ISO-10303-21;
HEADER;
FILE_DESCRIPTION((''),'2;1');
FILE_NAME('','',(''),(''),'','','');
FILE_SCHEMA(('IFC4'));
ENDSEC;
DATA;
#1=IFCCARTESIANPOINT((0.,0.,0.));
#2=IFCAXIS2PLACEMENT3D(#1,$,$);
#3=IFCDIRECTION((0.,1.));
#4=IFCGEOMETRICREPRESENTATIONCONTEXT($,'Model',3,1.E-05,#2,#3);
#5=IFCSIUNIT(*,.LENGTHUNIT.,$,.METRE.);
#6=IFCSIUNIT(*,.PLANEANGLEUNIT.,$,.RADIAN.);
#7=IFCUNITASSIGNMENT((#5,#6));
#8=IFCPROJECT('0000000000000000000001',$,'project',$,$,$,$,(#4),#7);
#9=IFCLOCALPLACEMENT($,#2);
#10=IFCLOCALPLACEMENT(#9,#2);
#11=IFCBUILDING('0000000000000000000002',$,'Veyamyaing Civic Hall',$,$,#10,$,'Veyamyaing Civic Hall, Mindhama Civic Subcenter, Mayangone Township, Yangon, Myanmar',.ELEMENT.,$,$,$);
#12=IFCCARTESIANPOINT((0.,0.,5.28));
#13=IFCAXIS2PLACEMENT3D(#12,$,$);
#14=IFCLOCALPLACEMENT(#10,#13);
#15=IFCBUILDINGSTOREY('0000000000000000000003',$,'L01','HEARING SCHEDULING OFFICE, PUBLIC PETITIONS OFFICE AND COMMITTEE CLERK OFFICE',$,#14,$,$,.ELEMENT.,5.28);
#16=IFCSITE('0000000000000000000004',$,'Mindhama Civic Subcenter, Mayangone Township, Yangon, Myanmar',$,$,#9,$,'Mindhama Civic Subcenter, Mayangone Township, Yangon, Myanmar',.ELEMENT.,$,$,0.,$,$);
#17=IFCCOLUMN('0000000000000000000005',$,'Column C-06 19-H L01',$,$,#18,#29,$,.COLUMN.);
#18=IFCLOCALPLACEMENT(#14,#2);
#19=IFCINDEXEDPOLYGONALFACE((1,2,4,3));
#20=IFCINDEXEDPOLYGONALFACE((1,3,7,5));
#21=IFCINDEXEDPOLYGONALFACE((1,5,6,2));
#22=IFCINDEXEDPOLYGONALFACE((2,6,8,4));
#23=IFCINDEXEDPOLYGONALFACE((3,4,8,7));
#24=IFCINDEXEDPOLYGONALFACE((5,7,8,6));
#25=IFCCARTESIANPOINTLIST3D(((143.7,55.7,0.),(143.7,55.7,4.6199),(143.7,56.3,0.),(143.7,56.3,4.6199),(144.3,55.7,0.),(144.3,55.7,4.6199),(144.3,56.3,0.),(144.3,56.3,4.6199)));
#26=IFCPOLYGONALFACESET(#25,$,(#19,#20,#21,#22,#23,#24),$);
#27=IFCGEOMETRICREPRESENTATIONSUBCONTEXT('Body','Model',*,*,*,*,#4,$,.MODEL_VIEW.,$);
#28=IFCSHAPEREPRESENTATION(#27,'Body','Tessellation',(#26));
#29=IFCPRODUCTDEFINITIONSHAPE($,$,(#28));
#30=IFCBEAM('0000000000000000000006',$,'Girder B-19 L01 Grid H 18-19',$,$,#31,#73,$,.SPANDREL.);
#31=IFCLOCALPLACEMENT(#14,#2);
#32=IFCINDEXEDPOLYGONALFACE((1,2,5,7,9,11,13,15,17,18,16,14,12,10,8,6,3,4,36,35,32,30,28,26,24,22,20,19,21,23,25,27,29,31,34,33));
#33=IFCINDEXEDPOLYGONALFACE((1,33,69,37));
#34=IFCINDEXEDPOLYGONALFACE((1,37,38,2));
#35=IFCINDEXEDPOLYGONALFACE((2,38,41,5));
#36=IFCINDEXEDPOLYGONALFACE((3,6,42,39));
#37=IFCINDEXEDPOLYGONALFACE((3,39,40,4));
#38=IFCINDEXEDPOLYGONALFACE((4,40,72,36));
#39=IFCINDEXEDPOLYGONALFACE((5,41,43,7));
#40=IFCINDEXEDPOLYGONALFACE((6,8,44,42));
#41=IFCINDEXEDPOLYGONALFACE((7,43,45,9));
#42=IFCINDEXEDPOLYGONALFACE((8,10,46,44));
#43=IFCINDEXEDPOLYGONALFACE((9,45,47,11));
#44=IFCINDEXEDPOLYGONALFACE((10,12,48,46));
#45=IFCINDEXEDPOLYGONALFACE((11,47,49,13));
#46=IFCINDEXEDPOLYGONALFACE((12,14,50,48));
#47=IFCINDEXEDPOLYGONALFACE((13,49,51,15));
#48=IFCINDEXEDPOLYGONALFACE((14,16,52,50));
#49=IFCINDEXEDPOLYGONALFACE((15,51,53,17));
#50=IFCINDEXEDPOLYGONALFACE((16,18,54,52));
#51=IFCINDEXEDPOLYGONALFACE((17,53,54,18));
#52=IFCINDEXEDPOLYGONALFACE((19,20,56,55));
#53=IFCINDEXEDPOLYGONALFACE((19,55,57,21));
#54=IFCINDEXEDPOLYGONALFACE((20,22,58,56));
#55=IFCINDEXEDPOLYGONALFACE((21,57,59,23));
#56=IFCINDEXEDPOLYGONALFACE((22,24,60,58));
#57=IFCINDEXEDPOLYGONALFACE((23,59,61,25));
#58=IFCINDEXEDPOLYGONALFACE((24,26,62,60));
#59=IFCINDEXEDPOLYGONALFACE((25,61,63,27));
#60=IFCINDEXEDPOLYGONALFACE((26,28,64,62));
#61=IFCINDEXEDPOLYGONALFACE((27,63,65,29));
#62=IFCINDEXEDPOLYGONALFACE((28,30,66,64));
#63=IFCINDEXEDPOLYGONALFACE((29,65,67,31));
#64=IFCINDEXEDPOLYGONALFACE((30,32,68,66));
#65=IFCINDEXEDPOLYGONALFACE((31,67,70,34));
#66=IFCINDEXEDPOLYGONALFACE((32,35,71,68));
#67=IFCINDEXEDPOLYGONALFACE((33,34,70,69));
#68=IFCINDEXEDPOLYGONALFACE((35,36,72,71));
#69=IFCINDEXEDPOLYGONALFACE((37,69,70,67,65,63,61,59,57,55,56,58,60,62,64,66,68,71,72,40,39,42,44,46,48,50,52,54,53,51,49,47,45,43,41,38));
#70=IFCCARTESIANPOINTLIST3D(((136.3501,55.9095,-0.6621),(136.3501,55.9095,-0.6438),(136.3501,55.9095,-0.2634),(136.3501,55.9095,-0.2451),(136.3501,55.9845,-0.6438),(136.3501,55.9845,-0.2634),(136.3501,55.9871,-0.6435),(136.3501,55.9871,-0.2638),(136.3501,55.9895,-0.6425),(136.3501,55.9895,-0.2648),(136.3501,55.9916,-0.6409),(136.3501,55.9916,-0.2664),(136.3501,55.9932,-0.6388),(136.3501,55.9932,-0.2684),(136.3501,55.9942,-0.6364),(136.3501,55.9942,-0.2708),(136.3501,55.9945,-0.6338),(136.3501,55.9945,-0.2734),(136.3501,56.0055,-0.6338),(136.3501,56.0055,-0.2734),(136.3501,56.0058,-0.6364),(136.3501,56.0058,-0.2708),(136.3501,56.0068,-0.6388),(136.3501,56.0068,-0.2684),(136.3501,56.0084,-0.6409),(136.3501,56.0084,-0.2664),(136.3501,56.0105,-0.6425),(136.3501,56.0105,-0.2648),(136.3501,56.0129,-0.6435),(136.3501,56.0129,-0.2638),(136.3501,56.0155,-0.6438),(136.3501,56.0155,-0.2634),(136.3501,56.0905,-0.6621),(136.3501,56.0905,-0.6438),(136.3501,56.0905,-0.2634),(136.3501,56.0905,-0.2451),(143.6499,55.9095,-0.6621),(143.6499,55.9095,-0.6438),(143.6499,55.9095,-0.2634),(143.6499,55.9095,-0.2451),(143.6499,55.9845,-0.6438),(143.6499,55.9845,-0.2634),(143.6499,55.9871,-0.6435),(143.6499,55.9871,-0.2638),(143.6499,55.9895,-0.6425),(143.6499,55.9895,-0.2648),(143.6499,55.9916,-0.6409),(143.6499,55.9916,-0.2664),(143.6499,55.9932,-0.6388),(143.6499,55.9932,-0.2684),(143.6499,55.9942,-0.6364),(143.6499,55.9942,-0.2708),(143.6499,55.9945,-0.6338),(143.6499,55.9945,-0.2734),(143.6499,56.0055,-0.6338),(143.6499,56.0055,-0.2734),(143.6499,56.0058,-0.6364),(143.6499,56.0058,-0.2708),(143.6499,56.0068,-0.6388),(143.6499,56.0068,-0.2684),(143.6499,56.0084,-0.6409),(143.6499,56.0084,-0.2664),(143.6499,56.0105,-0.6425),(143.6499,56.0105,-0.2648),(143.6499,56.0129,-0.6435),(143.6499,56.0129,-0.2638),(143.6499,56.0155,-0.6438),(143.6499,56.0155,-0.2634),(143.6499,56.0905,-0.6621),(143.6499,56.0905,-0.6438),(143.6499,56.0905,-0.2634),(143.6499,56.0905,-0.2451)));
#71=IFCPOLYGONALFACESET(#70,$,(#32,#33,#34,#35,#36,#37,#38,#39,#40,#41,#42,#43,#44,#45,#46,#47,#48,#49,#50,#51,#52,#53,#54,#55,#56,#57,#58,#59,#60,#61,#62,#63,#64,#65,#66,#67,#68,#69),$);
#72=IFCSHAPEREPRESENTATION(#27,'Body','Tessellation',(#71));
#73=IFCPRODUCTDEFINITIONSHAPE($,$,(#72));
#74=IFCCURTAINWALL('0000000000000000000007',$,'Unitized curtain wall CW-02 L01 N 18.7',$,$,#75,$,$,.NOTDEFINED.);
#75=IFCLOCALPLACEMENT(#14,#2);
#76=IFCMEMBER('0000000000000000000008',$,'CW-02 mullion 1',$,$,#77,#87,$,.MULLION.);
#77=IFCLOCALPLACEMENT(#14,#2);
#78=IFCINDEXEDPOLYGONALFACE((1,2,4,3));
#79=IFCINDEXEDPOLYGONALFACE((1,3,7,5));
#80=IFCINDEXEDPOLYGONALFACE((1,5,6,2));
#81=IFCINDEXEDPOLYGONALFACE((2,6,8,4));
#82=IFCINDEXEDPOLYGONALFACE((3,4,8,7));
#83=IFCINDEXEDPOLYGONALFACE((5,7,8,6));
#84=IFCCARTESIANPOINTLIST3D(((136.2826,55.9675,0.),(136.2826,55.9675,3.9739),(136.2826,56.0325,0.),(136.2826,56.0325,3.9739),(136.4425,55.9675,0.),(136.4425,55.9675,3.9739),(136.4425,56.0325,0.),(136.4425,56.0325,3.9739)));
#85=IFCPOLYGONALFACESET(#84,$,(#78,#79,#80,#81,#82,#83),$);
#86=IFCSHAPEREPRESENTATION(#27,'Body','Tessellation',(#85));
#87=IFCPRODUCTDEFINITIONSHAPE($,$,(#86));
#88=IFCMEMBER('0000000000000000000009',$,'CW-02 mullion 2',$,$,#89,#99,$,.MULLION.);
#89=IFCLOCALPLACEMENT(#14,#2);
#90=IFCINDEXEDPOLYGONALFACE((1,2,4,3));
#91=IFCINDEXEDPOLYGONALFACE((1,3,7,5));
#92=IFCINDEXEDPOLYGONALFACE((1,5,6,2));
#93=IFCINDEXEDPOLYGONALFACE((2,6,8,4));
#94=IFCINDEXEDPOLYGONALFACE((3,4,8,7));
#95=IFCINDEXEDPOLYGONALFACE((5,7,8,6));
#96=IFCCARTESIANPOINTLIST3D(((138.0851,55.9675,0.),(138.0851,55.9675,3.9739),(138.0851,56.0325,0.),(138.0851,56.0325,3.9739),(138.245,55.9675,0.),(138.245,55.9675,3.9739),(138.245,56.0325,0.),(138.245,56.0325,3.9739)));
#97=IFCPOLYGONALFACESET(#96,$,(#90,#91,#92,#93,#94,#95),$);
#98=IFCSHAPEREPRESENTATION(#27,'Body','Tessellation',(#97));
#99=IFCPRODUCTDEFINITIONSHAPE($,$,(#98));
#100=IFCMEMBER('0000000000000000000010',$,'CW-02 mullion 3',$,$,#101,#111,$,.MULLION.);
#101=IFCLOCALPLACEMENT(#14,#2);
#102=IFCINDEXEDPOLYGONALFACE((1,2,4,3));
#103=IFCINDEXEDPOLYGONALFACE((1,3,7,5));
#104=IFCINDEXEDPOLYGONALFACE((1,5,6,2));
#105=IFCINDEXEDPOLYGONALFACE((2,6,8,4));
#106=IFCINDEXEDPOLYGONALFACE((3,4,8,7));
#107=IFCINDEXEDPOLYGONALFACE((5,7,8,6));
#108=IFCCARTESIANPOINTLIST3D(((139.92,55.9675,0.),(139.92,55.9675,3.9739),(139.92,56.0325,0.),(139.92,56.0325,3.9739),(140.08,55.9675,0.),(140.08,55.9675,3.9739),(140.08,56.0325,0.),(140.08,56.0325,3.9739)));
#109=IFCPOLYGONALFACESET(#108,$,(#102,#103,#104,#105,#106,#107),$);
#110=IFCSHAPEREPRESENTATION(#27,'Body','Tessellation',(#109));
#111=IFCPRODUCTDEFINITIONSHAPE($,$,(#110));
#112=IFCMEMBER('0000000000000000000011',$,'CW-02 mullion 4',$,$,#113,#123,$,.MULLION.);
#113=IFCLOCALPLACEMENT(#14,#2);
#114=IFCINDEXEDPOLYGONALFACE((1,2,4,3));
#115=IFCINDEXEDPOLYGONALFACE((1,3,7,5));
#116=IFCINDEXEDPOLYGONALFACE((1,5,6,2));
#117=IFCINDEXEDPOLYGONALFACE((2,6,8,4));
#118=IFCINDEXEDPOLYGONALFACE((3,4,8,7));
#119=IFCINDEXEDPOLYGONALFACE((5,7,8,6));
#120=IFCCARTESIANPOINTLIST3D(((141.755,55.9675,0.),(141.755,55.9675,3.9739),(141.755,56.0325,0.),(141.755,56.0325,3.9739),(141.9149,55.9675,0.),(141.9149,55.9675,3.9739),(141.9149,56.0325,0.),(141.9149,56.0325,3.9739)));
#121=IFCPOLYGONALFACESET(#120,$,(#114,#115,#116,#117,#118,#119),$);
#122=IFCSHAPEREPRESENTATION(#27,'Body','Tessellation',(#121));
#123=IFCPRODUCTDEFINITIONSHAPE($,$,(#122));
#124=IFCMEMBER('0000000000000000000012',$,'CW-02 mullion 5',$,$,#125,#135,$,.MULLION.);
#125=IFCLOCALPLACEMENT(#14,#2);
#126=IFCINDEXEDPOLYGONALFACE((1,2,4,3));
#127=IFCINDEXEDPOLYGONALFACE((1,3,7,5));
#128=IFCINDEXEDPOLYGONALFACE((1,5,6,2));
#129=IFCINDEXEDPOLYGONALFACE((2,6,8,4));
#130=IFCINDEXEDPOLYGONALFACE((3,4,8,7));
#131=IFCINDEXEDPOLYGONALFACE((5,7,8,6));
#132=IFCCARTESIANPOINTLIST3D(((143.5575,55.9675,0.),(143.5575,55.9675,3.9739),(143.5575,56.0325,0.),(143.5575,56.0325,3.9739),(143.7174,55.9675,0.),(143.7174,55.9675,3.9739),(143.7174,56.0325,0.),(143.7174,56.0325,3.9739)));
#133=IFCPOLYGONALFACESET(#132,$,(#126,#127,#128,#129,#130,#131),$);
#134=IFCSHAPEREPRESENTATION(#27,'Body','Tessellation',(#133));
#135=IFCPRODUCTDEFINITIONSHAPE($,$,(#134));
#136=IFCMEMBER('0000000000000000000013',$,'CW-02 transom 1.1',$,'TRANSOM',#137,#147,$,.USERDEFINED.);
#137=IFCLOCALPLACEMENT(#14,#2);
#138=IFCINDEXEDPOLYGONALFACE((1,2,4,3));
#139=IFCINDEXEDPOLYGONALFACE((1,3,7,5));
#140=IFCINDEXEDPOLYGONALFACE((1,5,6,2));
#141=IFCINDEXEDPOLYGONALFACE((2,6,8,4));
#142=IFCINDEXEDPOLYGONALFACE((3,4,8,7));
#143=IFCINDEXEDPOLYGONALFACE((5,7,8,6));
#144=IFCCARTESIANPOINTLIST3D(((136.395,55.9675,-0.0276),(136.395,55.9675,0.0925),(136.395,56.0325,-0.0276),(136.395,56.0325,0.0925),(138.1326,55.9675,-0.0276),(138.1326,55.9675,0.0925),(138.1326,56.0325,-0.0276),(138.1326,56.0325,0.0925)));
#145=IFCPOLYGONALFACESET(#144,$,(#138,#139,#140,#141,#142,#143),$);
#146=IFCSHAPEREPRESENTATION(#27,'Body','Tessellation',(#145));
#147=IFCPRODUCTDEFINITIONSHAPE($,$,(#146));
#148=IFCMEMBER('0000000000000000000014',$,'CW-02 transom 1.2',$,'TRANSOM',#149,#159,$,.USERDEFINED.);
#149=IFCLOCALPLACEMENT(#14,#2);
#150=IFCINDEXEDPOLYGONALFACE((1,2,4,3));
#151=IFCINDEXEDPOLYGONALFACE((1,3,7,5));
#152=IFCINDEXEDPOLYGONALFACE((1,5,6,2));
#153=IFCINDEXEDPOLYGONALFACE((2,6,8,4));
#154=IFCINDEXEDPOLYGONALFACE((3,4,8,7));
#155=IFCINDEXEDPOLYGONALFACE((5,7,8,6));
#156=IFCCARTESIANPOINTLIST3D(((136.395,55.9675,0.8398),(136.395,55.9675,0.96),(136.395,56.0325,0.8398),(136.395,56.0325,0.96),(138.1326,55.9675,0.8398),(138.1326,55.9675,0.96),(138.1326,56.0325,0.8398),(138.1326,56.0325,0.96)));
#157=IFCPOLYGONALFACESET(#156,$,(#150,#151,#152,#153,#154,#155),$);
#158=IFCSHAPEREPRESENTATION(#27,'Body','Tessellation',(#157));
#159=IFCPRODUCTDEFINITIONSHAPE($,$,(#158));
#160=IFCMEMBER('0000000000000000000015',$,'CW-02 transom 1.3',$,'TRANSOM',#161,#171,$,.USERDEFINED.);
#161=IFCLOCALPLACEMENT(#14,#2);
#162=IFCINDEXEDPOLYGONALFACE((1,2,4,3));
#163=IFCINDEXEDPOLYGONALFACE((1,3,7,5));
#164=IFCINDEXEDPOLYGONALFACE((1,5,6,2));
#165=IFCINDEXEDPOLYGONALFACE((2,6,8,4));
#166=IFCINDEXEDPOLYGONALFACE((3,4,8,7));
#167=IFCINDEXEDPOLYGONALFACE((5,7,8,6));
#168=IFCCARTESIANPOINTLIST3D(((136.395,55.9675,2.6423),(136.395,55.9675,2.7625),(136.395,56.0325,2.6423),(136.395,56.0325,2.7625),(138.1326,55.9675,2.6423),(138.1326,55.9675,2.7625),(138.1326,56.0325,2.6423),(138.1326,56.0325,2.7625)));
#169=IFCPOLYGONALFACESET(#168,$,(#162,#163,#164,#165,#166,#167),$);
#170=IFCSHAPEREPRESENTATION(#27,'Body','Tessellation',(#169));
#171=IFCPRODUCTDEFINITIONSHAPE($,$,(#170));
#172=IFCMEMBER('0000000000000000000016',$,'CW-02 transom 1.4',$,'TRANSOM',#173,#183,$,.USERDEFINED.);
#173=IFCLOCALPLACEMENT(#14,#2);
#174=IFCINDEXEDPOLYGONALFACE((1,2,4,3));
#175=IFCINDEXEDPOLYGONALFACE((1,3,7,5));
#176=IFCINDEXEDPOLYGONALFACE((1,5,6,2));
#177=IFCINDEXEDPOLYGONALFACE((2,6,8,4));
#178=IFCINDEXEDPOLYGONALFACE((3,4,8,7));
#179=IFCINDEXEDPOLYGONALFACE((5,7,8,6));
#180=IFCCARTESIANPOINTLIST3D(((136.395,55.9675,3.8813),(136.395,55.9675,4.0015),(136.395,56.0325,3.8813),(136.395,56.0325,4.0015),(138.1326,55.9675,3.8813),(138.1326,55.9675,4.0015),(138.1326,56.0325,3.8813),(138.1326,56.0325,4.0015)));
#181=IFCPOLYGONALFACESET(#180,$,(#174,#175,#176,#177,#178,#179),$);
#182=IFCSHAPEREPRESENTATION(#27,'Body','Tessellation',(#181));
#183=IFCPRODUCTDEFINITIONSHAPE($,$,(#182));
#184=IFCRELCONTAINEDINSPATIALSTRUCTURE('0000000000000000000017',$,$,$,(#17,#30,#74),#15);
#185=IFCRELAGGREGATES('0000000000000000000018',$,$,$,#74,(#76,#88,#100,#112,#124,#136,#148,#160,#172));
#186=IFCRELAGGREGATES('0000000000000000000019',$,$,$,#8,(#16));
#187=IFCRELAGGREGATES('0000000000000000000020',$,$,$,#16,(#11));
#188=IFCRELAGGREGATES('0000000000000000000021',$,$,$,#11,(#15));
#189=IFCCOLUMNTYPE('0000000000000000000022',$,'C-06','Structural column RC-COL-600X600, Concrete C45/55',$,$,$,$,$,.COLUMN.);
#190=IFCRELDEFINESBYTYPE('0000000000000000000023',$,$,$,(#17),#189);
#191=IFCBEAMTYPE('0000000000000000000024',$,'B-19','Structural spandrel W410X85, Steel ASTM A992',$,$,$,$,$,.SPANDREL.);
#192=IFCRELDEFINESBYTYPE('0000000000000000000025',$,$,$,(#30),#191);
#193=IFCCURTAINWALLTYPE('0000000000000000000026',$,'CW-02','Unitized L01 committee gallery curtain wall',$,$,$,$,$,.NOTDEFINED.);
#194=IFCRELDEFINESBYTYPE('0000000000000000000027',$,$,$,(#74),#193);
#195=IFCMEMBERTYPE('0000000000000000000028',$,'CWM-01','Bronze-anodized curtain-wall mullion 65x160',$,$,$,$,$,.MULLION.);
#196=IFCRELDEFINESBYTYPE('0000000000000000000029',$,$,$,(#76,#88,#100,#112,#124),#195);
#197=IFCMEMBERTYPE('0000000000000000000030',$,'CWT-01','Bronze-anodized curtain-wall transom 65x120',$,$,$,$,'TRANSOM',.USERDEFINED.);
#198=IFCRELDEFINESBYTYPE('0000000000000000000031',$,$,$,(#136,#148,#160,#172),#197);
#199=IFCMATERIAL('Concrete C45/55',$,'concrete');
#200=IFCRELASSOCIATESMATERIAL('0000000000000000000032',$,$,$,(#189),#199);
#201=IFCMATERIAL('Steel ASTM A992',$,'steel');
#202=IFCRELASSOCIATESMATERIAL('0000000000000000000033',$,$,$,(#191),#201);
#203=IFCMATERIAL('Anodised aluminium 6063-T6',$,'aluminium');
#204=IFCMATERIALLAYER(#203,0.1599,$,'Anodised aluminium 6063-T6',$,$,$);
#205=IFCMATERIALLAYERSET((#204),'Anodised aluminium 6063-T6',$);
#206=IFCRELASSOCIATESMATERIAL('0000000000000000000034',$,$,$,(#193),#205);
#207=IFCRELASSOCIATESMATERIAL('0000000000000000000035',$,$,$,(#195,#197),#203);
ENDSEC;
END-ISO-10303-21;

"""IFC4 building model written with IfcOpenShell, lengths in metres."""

from ifc_helpers import new_model, si_unit, direction, frame, origin, origin_2d, place, context, subcontext, project, spatial, rectangle, i_section, extrude, material, layer, layer_set, material_profile, profile_set, type_object, element, aggregate, save


model = new_model("IFC4")

# Units and contexts
model_context = context("Model", 3, precision=1e-05, world=origin(), true_north=direction((0.0, 1.0)))
body_context = subcontext(model_context, "Body", "Model", "MODEL_VIEW")
ifc_project = project(units=[si_unit("LENGTHUNIT", "METRE"), si_unit("PLANEANGLEUNIT", "RADIAN")], contexts=[model_context])

# Site, building, storey
site_placement = place(None, origin())
site = spatial("IfcSite", under=ifc_project, at=site_placement, Name="Mindhama Civic Subcenter, Mayangone Township, Yangon, Myanmar", LongName="Mindhama Civic Subcenter, Mayangone Township, Yangon, Myanmar", CompositionType="ELEMENT", RefElevation=0.0)
building_placement = place(site_placement, origin())
building = spatial("IfcBuilding", under=site, at=building_placement, Name="Veyamyaing Civic Hall", LongName="Veyamyaing Civic Hall, Mindhama Civic Subcenter, Mayangone Township, Yangon, Myanmar", CompositionType="ELEMENT")
storey_placement = place(building_placement, frame((0.0, 0.0, 5.28)))
storey = spatial("IfcBuildingStorey", under=building, at=storey_placement, Name="L01", Description="HEARING SCHEDULING OFFICE, PUBLIC PETITIONS OFFICE AND COMMITTEE CLERK OFFICE", CompositionType="ELEMENT", Elevation=5.28)

# Column
ifc_material_1 = material(Name="Concrete C45/55", Category="concrete")
ifc_material_profile_1 = material_profile(ifc_material_1, rectangle(XDim=0.6001, YDim=0.6001, at=origin_2d()), Name="RC-COL-600X600")
ifc_profile_set_1 = profile_set([ifc_material_profile_1], Name="Concrete C45/55")
column_type = type_object("IfcColumnType", Name="C-06", Description="Structural column RC-COL-600X600, Concrete C45/55", PredefinedType="COLUMN", material=ifc_profile_set_1)
column_placement = place(storey_placement, frame((144.0, 56.0, 0.0), z_axis=(0.0, 0.0, 1.0), x_axis=(1.0, 0.0, 0.0)))
element("IfcColumn", 1, at=column_placement, inside=storey, type_object=column_type, Name="Column C-06 19-H L01", PredefinedType="COLUMN", context=body_context, shape_type="SweptSolid", body=[
    extrude(rectangle(XDim=0.6001, YDim=0.6001, at=origin_2d()), origin(), (0.0, 0.0, 1.0), 4.6199),
])

# Beam
ifc_material_2 = material(Name="Steel ASTM A992", Category="steel")
ifc_material_profile_2 = material_profile(ifc_material_2, i_section(OverallWidth=0.1809, OverallDepth=0.417, WebThickness=0.011, FlangeThickness=0.0183, FilletRadius=0.01, at=origin_2d()), Name="W410X85")
ifc_profile_set_2 = profile_set([ifc_material_profile_2], Name="Steel ASTM A992")
beam_type = type_object("IfcBeamType", Name="B-19", Description="Structural spandrel W410X85, Steel ASTM A992", PredefinedType="SPANDREL", material=ifc_profile_set_2)
beam_placement = place(storey_placement, frame((136.3501, 56.0, -0.4536), z_axis=(1.0, 0.0, 0.0), x_axis=(0.0, 1.0, 0.0)))
element("IfcBeam", 2, at=beam_placement, inside=storey, type_object=beam_type, Name="Girder B-19 L01 Grid H 18-19", PredefinedType="SPANDREL", context=body_context, shape_type="SweptSolid", body=[
    extrude(i_section(OverallWidth=0.1809, OverallDepth=0.417, WebThickness=0.011, FlangeThickness=0.0183, FilletRadius=0.01, at=origin_2d()), origin(), (0.0, 0.0, 1.0), 7.2998),
])

# Curtain wall, members
ifc_material_3 = material(Name="Anodised aluminium 6063-T6", Category="aluminium")
ifc_layer_1 = layer(ifc_material_3, 0.1599, Name="Anodised aluminium 6063-T6")
ifc_layer_set_1 = layer_set([ifc_layer_1], Name="Anodised aluminium 6063-T6")
curtain_wall_type = type_object("IfcCurtainWallType", Name="CW-02", Description="Unitized L01 committee gallery curtain wall", PredefinedType="NOTDEFINED", material=ifc_layer_set_1)
curtain_wall_placement = place(storey_placement, origin())
curtain_wall = element("IfcCurtainWall", 3, at=curtain_wall_placement, inside=storey, type_object=curtain_wall_type, Name="Unitized curtain wall CW-02 L01 N 18.7", PredefinedType="NOTDEFINED")
ifc_material_profile_3 = material_profile(ifc_material_3, rectangle(XDim=0.0649, YDim=0.1599, at=origin_2d()), Name="ALU-MUL-65X160")
ifc_profile_set_3 = profile_set([ifc_material_profile_3], Name="Anodised aluminium 6063-T6")
member_type_1 = type_object("IfcMemberType", Name="CWM-01", Description="Bronze-anodized curtain-wall mullion 65x160", PredefinedType="MULLION", material=ifc_profile_set_3)
member_1_placement = place(storey_placement, frame((136.3625, 56.0, 0.0), z_axis=(0.0, 0.0, 1.0), x_axis=(0.0, 1.0, 0.0)))
member_1 = element("IfcMember", 4, at=member_1_placement, type_object=member_type_1, Name="CW-02 mullion 1", PredefinedType="MULLION", context=body_context, shape_type="SweptSolid", body=[
    extrude(rectangle(XDim=0.0649, YDim=0.1599, at=origin_2d()), origin(), (0.0, 0.0, 1.0), 3.9739),
])
member_2_placement = place(storey_placement, frame((138.165, 56.0, 0.0), z_axis=(0.0, 0.0, 1.0), x_axis=(0.0, 1.0, 0.0)))
member_2 = element("IfcMember", 5, at=member_2_placement, type_object=member_type_1, Name="CW-02 mullion 2", PredefinedType="MULLION", context=body_context, shape_type="SweptSolid", body=[
    extrude(rectangle(XDim=0.0649, YDim=0.1599, at=origin_2d()), origin(), (0.0, 0.0, 1.0), 3.9739),
])
member_3_placement = place(storey_placement, frame((140.0, 56.0, 0.0), z_axis=(0.0, 0.0, 1.0), x_axis=(0.0, 1.0, 0.0)))
member_3 = element("IfcMember", 6, at=member_3_placement, type_object=member_type_1, Name="CW-02 mullion 3", PredefinedType="MULLION", context=body_context, shape_type="SweptSolid", body=[
    extrude(rectangle(XDim=0.0649, YDim=0.1599, at=origin_2d()), origin(), (0.0, 0.0, 1.0), 3.9739),
])
member_4_placement = place(storey_placement, frame((141.835, 56.0, 0.0), z_axis=(0.0, 0.0, 1.0), x_axis=(0.0, 1.0, 0.0)))
member_4 = element("IfcMember", 7, at=member_4_placement, type_object=member_type_1, Name="CW-02 mullion 4", PredefinedType="MULLION", context=body_context, shape_type="SweptSolid", body=[
    extrude(rectangle(XDim=0.0649, YDim=0.1599, at=origin_2d()), origin(), (0.0, 0.0, 1.0), 3.9739),
])
member_5_placement = place(storey_placement, frame((143.6375, 56.0, 0.0), z_axis=(0.0, 0.0, 1.0), x_axis=(0.0, 1.0, 0.0)))
member_5 = element("IfcMember", 8, at=member_5_placement, type_object=member_type_1, Name="CW-02 mullion 5", PredefinedType="MULLION", context=body_context, shape_type="SweptSolid", body=[
    extrude(rectangle(XDim=0.0649, YDim=0.1599, at=origin_2d()), origin(), (0.0, 0.0, 1.0), 3.9739),
])
ifc_material_profile_4 = material_profile(ifc_material_3, rectangle(XDim=0.0649, YDim=0.1201, at=origin_2d()), Name="ALU-TRN-65X120")
ifc_profile_set_4 = profile_set([ifc_material_profile_4], Name="Anodised aluminium 6063-T6")
member_type_2 = type_object("IfcMemberType", Name="CWT-01", Description="Bronze-anodized curtain-wall transom 65x120", ElementType="TRANSOM", PredefinedType="USERDEFINED", material=ifc_profile_set_4)
member_6_placement = place(storey_placement, frame((136.395, 56.0, 0.0325), z_axis=(1.0, 0.0, 0.0), x_axis=(0.0, 1.0, 0.0)))
member_6 = element("IfcMember", 9, at=member_6_placement, type_object=member_type_2, Name="CW-02 transom 1.1", ObjectType="TRANSOM", PredefinedType="USERDEFINED", context=body_context, shape_type="SweptSolid", body=[
    extrude(rectangle(XDim=0.0649, YDim=0.1201, at=origin_2d()), origin(), (0.0, 0.0, 1.0), 1.7375),
])
member_7_placement = place(storey_placement, frame((136.395, 56.0, 0.8999), z_axis=(1.0, 0.0, 0.0), x_axis=(0.0, 1.0, 0.0)))
member_7 = element("IfcMember", 10, at=member_7_placement, type_object=member_type_2, Name="CW-02 transom 1.2", ObjectType="TRANSOM", PredefinedType="USERDEFINED", context=body_context, shape_type="SweptSolid", body=[
    extrude(rectangle(XDim=0.0649, YDim=0.1201, at=origin_2d()), origin(), (0.0, 0.0, 1.0), 1.7375),
])
member_8_placement = place(storey_placement, frame((136.395, 56.0, 2.7024), z_axis=(1.0, 0.0, 0.0), x_axis=(0.0, 1.0, 0.0)))
member_8 = element("IfcMember", 11, at=member_8_placement, type_object=member_type_2, Name="CW-02 transom 1.3", ObjectType="TRANSOM", PredefinedType="USERDEFINED", context=body_context, shape_type="SweptSolid", body=[
    extrude(rectangle(XDim=0.0649, YDim=0.1201, at=origin_2d()), origin(), (0.0, 0.0, 1.0), 1.7375),
])
member_9_placement = place(storey_placement, frame((136.395, 56.0, 3.9414), z_axis=(1.0, 0.0, 0.0), x_axis=(0.0, 1.0, 0.0)))
member_9 = element("IfcMember", 12, at=member_9_placement, type_object=member_type_2, Name="CW-02 transom 1.4", ObjectType="TRANSOM", PredefinedType="USERDEFINED", context=body_context, shape_type="SweptSolid", body=[
    extrude(rectangle(XDim=0.0649, YDim=0.1201, at=origin_2d()), origin(), (0.0, 0.0, 1.0), 1.7375),
])
aggregate(curtain_wall, [member_1, member_2, member_3, member_4, member_5, member_6, member_7, member_8, member_9])

save(model, "model.ifc")
